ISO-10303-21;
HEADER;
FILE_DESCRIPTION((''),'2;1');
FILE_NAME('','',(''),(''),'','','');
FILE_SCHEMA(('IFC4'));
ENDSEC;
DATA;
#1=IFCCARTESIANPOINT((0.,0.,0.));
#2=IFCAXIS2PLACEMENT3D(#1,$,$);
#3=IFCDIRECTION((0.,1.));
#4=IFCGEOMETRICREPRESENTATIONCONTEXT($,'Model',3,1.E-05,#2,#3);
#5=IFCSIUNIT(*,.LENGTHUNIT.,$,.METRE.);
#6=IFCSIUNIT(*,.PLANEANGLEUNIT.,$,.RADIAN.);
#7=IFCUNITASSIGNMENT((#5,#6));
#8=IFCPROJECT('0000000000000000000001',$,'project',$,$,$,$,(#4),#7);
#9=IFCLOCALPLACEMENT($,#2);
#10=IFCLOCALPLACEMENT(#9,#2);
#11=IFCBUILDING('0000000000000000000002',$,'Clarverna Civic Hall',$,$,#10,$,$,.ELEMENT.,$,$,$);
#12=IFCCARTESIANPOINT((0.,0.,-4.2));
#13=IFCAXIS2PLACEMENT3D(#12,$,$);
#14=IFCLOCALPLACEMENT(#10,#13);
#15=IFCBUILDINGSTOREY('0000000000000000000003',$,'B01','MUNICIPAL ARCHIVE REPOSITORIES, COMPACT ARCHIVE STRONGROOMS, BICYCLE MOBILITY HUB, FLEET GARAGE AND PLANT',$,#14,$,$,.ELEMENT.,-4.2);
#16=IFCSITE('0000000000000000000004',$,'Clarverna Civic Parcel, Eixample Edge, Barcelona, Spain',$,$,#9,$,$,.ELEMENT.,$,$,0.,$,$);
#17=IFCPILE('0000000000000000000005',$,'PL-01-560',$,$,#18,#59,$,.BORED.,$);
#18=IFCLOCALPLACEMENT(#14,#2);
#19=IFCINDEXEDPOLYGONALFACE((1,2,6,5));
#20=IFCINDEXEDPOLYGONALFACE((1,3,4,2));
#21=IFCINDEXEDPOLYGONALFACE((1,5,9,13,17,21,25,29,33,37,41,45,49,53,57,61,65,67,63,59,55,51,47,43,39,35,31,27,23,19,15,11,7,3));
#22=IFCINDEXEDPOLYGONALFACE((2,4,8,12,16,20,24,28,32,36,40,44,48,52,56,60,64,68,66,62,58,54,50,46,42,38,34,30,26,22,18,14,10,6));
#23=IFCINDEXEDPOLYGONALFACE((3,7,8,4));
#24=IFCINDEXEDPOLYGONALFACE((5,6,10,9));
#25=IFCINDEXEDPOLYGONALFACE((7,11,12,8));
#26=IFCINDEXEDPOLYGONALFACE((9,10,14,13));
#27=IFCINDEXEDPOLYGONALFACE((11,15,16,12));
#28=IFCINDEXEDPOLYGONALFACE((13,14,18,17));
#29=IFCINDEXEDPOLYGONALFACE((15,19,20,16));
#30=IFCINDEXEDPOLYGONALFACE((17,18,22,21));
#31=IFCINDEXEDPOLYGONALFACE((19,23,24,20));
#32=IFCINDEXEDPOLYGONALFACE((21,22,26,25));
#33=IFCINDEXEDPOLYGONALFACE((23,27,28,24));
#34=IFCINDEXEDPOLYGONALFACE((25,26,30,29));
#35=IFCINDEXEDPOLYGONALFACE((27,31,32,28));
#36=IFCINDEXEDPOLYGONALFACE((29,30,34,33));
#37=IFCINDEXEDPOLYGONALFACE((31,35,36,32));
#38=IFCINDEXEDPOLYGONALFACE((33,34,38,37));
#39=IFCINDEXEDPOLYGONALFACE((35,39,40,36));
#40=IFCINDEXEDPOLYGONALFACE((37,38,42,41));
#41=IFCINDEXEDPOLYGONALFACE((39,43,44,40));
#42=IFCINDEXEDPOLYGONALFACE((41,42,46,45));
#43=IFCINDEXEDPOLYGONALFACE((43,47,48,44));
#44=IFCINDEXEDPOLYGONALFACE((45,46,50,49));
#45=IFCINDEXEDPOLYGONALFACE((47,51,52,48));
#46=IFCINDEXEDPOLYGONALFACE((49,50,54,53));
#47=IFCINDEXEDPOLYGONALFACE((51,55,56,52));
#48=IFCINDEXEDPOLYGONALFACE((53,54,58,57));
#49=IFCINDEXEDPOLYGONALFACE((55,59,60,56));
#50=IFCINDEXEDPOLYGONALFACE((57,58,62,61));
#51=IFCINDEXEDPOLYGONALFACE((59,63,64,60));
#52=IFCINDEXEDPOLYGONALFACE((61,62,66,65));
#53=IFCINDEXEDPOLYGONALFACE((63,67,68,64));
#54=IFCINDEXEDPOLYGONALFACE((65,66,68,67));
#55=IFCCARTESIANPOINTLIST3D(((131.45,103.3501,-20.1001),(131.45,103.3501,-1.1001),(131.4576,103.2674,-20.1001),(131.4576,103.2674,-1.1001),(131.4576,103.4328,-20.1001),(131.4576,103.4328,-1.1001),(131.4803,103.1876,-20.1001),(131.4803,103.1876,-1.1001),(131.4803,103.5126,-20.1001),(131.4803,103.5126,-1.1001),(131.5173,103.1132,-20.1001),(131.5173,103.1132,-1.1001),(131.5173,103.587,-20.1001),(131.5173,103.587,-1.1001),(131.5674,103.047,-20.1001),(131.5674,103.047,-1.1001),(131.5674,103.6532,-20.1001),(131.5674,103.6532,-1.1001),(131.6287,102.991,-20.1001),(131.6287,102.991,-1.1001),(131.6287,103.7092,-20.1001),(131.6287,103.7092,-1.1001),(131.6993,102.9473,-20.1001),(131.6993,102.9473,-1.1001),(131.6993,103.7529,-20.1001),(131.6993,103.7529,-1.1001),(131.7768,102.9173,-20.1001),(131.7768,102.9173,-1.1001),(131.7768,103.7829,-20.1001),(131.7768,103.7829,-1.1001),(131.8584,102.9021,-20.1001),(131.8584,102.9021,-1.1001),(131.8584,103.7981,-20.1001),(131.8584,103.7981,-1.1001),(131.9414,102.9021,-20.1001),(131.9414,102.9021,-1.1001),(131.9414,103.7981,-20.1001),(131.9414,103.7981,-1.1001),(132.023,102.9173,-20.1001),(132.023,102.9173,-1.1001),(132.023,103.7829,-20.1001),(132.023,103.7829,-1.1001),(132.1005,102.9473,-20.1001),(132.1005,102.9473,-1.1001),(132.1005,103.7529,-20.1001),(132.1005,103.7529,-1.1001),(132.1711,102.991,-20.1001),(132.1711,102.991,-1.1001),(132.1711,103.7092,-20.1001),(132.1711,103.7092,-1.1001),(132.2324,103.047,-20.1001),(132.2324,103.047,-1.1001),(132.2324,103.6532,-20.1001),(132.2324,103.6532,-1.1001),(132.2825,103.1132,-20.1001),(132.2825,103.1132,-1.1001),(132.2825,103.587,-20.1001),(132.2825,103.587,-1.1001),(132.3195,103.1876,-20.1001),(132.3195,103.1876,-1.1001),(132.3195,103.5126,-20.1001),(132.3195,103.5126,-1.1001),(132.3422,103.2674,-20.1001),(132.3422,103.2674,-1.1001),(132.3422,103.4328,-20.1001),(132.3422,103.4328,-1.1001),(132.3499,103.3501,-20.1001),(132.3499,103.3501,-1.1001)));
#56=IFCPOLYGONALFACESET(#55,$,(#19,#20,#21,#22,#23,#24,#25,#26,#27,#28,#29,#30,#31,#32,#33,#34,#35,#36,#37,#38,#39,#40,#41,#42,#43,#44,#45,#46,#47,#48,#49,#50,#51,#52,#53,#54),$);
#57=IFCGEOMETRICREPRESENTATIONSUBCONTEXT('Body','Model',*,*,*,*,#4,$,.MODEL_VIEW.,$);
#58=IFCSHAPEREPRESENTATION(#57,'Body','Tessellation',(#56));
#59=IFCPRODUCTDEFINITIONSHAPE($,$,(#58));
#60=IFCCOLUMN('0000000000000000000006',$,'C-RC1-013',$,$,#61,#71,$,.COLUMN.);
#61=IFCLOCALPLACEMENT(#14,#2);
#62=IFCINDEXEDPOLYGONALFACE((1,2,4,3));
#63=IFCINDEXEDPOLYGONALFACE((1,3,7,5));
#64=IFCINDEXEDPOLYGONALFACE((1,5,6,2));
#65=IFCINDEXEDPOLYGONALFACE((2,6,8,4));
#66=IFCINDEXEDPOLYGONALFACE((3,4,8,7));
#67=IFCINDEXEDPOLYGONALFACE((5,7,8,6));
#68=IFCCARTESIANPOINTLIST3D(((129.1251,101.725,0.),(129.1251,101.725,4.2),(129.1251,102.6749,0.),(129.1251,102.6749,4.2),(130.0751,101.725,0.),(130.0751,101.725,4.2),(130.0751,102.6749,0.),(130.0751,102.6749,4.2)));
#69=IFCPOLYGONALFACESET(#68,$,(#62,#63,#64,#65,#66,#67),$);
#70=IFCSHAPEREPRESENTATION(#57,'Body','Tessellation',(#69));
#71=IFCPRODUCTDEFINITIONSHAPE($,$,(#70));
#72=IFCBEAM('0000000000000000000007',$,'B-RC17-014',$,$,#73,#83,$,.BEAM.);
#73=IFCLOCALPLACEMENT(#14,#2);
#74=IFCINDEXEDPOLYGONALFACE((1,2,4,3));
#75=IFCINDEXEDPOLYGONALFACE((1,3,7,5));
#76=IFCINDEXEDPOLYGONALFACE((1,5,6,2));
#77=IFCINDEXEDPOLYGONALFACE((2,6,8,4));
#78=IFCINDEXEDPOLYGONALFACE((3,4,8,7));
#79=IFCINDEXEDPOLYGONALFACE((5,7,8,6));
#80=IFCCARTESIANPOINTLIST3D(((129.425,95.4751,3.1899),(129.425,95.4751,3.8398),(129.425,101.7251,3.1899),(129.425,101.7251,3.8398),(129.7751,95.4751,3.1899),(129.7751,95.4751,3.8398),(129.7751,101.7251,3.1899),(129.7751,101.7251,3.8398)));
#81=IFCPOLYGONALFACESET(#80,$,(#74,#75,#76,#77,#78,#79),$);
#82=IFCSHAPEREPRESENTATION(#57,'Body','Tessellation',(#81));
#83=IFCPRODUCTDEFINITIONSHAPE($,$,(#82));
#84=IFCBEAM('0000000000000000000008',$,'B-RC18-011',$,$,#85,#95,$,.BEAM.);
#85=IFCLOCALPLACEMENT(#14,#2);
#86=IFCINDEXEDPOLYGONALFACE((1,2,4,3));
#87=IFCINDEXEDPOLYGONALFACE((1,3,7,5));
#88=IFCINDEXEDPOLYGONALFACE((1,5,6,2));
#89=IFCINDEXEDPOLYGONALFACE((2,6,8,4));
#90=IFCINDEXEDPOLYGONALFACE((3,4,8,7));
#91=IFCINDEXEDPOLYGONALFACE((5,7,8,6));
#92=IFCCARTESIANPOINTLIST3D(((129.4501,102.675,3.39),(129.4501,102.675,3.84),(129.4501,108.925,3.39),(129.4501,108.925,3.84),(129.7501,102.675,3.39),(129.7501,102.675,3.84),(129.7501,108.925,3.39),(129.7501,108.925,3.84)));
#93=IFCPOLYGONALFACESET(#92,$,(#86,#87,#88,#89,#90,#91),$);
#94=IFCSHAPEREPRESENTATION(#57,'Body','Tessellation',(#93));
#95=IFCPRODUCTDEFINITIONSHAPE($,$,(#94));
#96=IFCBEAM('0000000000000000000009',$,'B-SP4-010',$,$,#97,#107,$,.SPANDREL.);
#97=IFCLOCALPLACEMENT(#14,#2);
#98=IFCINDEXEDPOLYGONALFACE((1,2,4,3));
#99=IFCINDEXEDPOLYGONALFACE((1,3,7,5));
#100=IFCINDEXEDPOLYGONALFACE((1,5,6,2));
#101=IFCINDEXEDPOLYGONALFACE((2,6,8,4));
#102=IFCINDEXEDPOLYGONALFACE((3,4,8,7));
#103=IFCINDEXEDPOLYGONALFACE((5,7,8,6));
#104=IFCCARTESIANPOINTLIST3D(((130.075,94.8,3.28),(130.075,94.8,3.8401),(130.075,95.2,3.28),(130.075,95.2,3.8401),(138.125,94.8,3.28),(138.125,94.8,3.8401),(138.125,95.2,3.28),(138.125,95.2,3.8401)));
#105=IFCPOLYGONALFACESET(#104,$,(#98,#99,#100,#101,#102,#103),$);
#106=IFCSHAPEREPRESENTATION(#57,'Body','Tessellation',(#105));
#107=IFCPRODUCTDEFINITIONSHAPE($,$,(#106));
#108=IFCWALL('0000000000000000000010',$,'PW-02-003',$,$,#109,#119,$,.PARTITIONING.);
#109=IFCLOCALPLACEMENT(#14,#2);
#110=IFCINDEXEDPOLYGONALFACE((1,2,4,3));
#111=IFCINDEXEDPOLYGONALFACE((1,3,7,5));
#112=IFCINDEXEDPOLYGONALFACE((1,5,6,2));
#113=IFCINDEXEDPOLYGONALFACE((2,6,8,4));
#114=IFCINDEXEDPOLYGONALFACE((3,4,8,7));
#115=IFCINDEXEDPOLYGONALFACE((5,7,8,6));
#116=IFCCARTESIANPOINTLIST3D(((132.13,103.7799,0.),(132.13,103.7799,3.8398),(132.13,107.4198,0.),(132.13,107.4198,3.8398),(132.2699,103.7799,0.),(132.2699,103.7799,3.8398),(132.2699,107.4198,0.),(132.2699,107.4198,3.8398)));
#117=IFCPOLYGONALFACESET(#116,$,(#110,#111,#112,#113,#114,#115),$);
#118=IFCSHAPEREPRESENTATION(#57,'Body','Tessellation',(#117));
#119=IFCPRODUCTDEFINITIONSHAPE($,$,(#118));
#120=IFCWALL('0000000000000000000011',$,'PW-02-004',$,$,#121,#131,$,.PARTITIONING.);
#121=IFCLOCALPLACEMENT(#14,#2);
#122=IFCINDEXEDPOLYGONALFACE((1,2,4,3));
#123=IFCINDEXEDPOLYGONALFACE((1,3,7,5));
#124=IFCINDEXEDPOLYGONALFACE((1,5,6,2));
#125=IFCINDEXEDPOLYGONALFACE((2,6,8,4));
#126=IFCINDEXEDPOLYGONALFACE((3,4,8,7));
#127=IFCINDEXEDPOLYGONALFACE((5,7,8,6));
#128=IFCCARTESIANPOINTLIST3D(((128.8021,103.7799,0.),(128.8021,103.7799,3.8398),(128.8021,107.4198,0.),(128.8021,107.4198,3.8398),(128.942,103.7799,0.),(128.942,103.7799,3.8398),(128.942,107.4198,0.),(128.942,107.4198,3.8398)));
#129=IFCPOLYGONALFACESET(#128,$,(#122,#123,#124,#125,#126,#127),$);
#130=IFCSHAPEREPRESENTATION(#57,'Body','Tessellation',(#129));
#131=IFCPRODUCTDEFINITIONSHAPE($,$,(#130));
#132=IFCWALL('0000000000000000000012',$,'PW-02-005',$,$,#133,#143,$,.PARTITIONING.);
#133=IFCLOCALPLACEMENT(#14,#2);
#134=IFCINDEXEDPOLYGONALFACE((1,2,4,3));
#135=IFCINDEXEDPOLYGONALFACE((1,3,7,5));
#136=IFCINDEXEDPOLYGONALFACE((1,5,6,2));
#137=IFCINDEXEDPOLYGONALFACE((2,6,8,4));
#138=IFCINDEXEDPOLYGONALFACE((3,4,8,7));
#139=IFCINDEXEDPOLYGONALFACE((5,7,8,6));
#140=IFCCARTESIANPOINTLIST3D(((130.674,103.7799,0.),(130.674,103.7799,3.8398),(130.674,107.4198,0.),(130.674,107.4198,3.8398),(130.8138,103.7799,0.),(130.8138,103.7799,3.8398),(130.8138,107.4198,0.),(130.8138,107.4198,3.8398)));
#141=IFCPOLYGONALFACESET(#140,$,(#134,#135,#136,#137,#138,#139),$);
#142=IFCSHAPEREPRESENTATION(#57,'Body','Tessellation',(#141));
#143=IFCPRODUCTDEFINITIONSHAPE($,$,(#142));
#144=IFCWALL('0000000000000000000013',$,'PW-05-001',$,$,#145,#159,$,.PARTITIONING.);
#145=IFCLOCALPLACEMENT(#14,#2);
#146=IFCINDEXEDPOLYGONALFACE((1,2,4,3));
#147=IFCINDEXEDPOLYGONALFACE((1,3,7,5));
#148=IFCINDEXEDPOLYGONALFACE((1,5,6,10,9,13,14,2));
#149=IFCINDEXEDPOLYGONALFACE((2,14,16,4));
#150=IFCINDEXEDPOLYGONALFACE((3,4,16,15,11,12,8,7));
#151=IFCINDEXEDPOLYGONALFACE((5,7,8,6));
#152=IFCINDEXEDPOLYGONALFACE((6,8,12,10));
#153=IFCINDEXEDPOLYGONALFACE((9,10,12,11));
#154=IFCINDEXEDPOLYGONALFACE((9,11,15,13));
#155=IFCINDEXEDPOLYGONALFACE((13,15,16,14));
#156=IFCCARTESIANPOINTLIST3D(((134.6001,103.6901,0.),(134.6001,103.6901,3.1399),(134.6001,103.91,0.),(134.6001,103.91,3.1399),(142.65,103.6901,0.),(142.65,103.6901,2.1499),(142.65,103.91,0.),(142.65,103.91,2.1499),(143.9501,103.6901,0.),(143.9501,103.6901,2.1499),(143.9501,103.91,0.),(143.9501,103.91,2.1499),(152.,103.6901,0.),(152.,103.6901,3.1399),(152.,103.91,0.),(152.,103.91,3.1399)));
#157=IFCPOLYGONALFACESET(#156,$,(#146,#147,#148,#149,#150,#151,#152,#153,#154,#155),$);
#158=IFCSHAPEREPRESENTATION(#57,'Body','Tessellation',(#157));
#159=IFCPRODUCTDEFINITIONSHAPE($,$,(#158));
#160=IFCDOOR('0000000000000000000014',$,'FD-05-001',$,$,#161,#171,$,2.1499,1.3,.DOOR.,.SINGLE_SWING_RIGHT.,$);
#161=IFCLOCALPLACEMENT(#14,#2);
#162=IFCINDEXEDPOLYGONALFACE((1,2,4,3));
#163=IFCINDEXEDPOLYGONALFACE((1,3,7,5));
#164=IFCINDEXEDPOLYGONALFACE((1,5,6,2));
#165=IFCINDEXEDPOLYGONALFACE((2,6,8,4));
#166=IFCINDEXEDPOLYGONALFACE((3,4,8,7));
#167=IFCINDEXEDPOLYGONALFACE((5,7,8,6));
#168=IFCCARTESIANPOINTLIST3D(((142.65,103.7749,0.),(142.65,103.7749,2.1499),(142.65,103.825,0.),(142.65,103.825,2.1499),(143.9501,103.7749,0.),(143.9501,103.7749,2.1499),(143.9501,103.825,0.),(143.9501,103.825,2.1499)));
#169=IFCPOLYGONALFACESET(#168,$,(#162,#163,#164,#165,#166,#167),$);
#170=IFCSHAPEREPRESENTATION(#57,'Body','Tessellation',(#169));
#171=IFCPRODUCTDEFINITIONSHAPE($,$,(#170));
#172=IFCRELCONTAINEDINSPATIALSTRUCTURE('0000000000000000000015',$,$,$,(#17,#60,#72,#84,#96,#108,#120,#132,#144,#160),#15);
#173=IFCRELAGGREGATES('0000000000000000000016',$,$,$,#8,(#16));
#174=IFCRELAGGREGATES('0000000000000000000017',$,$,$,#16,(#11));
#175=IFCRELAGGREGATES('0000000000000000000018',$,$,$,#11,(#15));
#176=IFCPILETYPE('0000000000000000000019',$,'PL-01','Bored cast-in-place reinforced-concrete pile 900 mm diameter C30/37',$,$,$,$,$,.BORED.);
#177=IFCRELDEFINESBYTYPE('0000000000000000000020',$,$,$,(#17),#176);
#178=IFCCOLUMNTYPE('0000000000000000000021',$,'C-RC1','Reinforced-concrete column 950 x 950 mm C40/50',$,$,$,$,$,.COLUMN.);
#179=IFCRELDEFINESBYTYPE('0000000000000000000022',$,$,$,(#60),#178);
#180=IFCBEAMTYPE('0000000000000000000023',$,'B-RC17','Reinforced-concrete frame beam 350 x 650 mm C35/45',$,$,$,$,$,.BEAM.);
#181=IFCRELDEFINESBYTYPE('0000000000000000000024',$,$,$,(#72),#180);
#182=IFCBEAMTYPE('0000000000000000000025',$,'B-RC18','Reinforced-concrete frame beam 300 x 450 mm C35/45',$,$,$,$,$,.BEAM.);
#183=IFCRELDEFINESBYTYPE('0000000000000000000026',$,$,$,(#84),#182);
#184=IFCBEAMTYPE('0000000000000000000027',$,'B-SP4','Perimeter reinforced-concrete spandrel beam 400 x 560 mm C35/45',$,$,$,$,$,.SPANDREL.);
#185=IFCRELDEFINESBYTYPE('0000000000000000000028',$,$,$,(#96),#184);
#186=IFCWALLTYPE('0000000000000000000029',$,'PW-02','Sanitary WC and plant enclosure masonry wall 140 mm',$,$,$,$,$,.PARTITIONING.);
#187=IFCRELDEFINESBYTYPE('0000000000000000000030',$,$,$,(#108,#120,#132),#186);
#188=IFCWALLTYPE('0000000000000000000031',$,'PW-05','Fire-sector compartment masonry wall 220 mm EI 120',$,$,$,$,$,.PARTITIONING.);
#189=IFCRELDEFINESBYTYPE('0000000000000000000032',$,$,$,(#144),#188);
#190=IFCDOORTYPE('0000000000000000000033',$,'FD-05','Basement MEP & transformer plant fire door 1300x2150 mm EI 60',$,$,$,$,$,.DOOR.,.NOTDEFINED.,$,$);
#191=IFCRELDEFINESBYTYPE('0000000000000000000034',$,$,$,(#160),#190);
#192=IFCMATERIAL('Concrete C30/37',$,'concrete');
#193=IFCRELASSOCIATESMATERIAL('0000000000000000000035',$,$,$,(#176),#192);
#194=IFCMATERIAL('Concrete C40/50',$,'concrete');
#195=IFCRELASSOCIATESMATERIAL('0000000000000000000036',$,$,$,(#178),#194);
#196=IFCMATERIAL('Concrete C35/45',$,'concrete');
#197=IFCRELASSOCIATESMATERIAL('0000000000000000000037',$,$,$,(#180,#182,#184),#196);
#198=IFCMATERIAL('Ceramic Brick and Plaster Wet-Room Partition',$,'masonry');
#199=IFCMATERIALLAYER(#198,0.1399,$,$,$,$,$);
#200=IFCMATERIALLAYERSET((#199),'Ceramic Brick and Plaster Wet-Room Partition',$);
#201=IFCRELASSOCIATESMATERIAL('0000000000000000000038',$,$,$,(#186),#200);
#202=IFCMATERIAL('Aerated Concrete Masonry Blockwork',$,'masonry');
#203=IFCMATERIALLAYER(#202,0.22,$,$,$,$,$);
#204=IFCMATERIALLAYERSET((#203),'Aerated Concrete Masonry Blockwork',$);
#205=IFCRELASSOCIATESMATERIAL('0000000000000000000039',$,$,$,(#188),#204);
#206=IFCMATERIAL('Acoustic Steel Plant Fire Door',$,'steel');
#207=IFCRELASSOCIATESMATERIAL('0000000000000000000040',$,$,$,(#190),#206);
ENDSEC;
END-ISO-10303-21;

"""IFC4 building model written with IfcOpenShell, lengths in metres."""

from ifc_helpers import new_model, si_unit, direction, frame, frame_2d, origin, origin_2d, place, context, subcontext, project, spatial, rectangle, circle, extrude, material, layer, layer_set, material_profile, profile_set, type_object, element, fill, save


model = new_model("IFC4")

# Units and contexts
model_context = context("Model", 3, precision=1e-05, world=origin(), true_north=direction((0.0, 1.0)))
body_context = subcontext(model_context, "Body", "Model", "MODEL_VIEW")
ifc_project = project(units=[si_unit("LENGTHUNIT", "METRE"), si_unit("PLANEANGLEUNIT", "RADIAN")], contexts=[model_context])

# Site, building, storey
site_placement = place(None, origin())
site = spatial("IfcSite", under=ifc_project, at=site_placement, Name="Clarverna Civic Parcel, Eixample Edge, Barcelona, Spain", CompositionType="ELEMENT", RefElevation=0.0)
building_placement = place(site_placement, origin())
building = spatial("IfcBuilding", under=site, at=building_placement, Name="Clarverna Civic Hall", CompositionType="ELEMENT")
storey_placement = place(building_placement, frame((0.0, 0.0, -4.2)))
storey = spatial("IfcBuildingStorey", under=building, at=storey_placement, Name="B01", Description="MUNICIPAL ARCHIVE REPOSITORIES, COMPACT ARCHIVE STRONGROOMS, BICYCLE MOBILITY HUB, FLEET GARAGE AND PLANT", CompositionType="ELEMENT", Elevation=-4.2)

# Shared definitions
ifc_material_1 = material(Name="Concrete C30/37", Category="concrete")

# Pile
ifc_material_profile_1 = material_profile(ifc_material_1, circle(Radius=0.45, at=origin_2d()), Name="BORED PILE D900")
ifc_profile_set_1 = profile_set([ifc_material_profile_1], Name="Concrete C30/37")
pile_type = type_object("IfcPileType", Name="PL-01", Description="Bored cast-in-place reinforced-concrete pile 900 mm diameter C30/37", PredefinedType="BORED", material=ifc_profile_set_1)
for number, where, z_axis, x_axis, name in (
    (1, (131.8999, 103.3501, -1.1001), (0.0, 0.0, -1.0), (1.0, 0.0, 0.0), "PL-01-560"),
):
    element("IfcPile", number, at=place(storey_placement, frame(where, z_axis=z_axis, x_axis=x_axis)), inside=storey, type_object=pile_type, Name=name, PredefinedType="BORED", context=body_context, shape_type="SweptSolid", body=[
        extrude(circle(Radius=0.45, at=origin_2d()), origin(), (0.0, 0.0, 1.0), 19.0),
    ])

# Column
ifc_material_2 = material(Name="Concrete C40/50", Category="concrete")
ifc_material_profile_2 = material_profile(ifc_material_2, rectangle(XDim=0.95, YDim=0.95, at=origin_2d()), Name="RC 950x950")
ifc_profile_set_2 = profile_set([ifc_material_profile_2], Name="Concrete C40/50")
column_type = type_object("IfcColumnType", Name="C-RC1", Description="Reinforced-concrete column 950 x 950 mm C40/50", PredefinedType="COLUMN", material=ifc_profile_set_2)
column_placement = place(storey_placement, frame((129.6001, 102.2, 0.0), z_axis=(0.0, 0.0, 1.0), x_axis=(1.0, 0.0, 0.0)))
element("IfcColumn", 2, at=column_placement, inside=storey, type_object=column_type, Name="C-RC1-013", PredefinedType="COLUMN", context=body_context, shape_type="SweptSolid", body=[
    extrude(rectangle(XDim=0.95, YDim=0.95, at=origin_2d()), origin(), (0.0, 0.0, 1.0), 4.2),
])

# Beams
ifc_material_3 = material(Name="Concrete C35/45", Category="concrete")
ifc_material_profile_3 = material_profile(ifc_material_3, rectangle(XDim=0.3501, YDim=0.6499, at=origin_2d()), Name="RC 350x650")
ifc_profile_set_3 = profile_set([ifc_material_profile_3], Name="Concrete C35/45")
beam_type_1 = type_object("IfcBeamType", Name="B-RC17", Description="Reinforced-concrete frame beam 350 x 650 mm C35/45", PredefinedType="BEAM", material=ifc_profile_set_3)
beam_1_placement = place(storey_placement, frame((129.6001, 95.4751, 3.5149), z_axis=(0.0, 1.0, 0.0), x_axis=(-1.0, 0.0, 0.0)))
element("IfcBeam", 3, at=beam_1_placement, inside=storey, type_object=beam_type_1, Name="B-RC17-014", PredefinedType="BEAM", context=body_context, shape_type="SweptSolid", body=[
    extrude(rectangle(XDim=0.3501, YDim=0.6499, at=origin_2d()), origin(), (0.0, 0.0, 1.0), 6.25),
])
ifc_material_profile_4 = material_profile(ifc_material_3, rectangle(XDim=0.3, YDim=0.45, at=origin_2d()), Name="RC 300x450")
ifc_profile_set_4 = profile_set([ifc_material_profile_4], Name="Concrete C35/45")
beam_type_2 = type_object("IfcBeamType", Name="B-RC18", Description="Reinforced-concrete frame beam 300 x 450 mm C35/45", PredefinedType="BEAM", material=ifc_profile_set_4)
beam_2_placement = place(storey_placement, frame((129.6001, 102.675, 3.615), z_axis=(0.0, 1.0, 0.0), x_axis=(-1.0, 0.0, 0.0)))
element("IfcBeam", 4, at=beam_2_placement, inside=storey, type_object=beam_type_2, Name="B-RC18-011", PredefinedType="BEAM", context=body_context, shape_type="SweptSolid", body=[
    extrude(rectangle(XDim=0.3, YDim=0.45, at=origin_2d()), origin(), (0.0, 0.0, 1.0), 6.25),
])
ifc_material_profile_5 = material_profile(ifc_material_3, rectangle(XDim=0.3999, YDim=0.5601, at=origin_2d()), Name="RC 400x560")
ifc_profile_set_5 = profile_set([ifc_material_profile_5], Name="Concrete C35/45")
beam_type_3 = type_object("IfcBeamType", Name="B-SP4", Description="Perimeter reinforced-concrete spandrel beam 400 x 560 mm C35/45", PredefinedType="SPANDREL", material=ifc_profile_set_5)
beam_3_placement = place(storey_placement, frame((130.075, 95.0, 3.5601), z_axis=(1.0, 0.0, 0.0), x_axis=(0.0, 1.0, 0.0)))
element("IfcBeam", 5, at=beam_3_placement, inside=storey, type_object=beam_type_3, Name="B-SP4-010", PredefinedType="SPANDREL", context=body_context, shape_type="SweptSolid", body=[
    extrude(rectangle(XDim=0.3999, YDim=0.5601, at=origin_2d()), origin(), (0.0, 0.0, 1.0), 8.05),
])

# Walls
ifc_material_4 = material(Name="Ceramic Brick and Plaster Wet-Room Partition", Category="masonry")
ifc_layer_1 = layer(ifc_material_4, 0.1399)
ifc_layer_set_1 = layer_set([ifc_layer_1], Name="Ceramic Brick and Plaster Wet-Room Partition")
wall_type_1 = type_object("IfcWallType", Name="PW-02", Description="Sanitary WC and plant enclosure masonry wall 140 mm", PredefinedType="PARTITIONING", material=ifc_layer_set_1)
for number, where, z_axis, x_axis, name in (
    (6, (132.2, 103.78, 0.0), (0.0, 0.0, 1.0), (0.0, 1.0, 0.0), "PW-02-003"),
    (7, (128.8721, 103.78, 0.0), (0.0, 0.0, 1.0), (0.0, 1.0, 0.0), "PW-02-004"),
    (8, (130.7439, 103.78, 0.0), (0.0, 0.0, 1.0), (0.0, 1.0, 0.0), "PW-02-005"),
):
    element("IfcWall", number, at=place(storey_placement, frame(where, z_axis=z_axis, x_axis=x_axis)), inside=storey, type_object=wall_type_1, Name=name, PredefinedType="PARTITIONING", context=body_context, shape_type="SweptSolid", body=[
        extrude(rectangle(XDim=3.6399, YDim=0.1399, at=frame_2d((1.8198, 0.0))), origin(), (0.0, 0.0, 1.0), 3.8398),
    ])

# Wall, opening, door
ifc_material_5 = material(Name="Aerated Concrete Masonry Blockwork", Category="masonry")
ifc_layer_2 = layer(ifc_material_5, 0.22)
ifc_layer_set_2 = layer_set([ifc_layer_2], Name="Aerated Concrete Masonry Blockwork")
wall_type_2 = type_object("IfcWallType", Name="PW-05", Description="Fire-sector compartment masonry wall 220 mm EI 120", PredefinedType="PARTITIONING", material=ifc_layer_set_2)
wall_1_placement = place(storey_placement, frame((134.6001, 103.8, 0.0), z_axis=(0.0, 0.0, 1.0), x_axis=(1.0, 0.0, 0.0)))
wall_1 = element("IfcWall", 9, at=wall_1_placement, inside=storey, type_object=wall_type_2, Name="PW-05-001", PredefinedType="PARTITIONING", context=body_context, shape_type="SweptSolid", body=[
    extrude(rectangle(XDim=17.3999, YDim=0.22, at=frame_2d((8.7, 0.0))), origin(), (0.0, 0.0, 1.0), 3.1399),
])
opening_1_placement = place(wall_1_placement, frame((8.05, 0.0, 0.0)))
opening_1 = element("IfcOpeningElement", 10, at=opening_1_placement, cuts=wall_1, PredefinedType="OPENING", context=body_context, shape_type="SweptSolid", body=[
    extrude(rectangle(XDim=1.3, YDim=2.1499, at=frame_2d((0.6499, 1.075))), frame((0.0, 0.1199, 0.0), z_axis=(0.0, -1.0, 0.0), x_axis=(1.0, 0.0, 0.0)), (0.0, 0.0, 1.0), 0.24),
])
ifc_material_6 = material(Name="Acoustic Steel Plant Fire Door", Category="steel")
door_type_1 = type_object("IfcDoorType", Name="FD-05", Description="Basement MEP & transformer plant fire door 1300x2150 mm EI 60", OperationType="NOTDEFINED", PredefinedType="DOOR", material=ifc_material_6)
door_1_placement = place(opening_1_placement, origin())
door_1 = element("IfcDoor", 11, at=door_1_placement, inside=storey, type_object=door_type_1, Name="FD-05-001", OperationType="SINGLE_SWING_RIGHT", OverallHeight=2.1499, OverallWidth=1.3, PredefinedType="DOOR", context=body_context, shape_type="SweptSolid", body=[
    extrude(rectangle(XDim=1.3, YDim=2.1499, at=frame_2d((0.6499, 1.075))), frame((0.0, 0.0249, 0.0), z_axis=(0.0, -1.0, 0.0), x_axis=(1.0, 0.0, 0.0)), (0.0, 0.0, 1.0), 0.05),
])
fill(opening_1, door_1)

save(model, "model.ifc")
